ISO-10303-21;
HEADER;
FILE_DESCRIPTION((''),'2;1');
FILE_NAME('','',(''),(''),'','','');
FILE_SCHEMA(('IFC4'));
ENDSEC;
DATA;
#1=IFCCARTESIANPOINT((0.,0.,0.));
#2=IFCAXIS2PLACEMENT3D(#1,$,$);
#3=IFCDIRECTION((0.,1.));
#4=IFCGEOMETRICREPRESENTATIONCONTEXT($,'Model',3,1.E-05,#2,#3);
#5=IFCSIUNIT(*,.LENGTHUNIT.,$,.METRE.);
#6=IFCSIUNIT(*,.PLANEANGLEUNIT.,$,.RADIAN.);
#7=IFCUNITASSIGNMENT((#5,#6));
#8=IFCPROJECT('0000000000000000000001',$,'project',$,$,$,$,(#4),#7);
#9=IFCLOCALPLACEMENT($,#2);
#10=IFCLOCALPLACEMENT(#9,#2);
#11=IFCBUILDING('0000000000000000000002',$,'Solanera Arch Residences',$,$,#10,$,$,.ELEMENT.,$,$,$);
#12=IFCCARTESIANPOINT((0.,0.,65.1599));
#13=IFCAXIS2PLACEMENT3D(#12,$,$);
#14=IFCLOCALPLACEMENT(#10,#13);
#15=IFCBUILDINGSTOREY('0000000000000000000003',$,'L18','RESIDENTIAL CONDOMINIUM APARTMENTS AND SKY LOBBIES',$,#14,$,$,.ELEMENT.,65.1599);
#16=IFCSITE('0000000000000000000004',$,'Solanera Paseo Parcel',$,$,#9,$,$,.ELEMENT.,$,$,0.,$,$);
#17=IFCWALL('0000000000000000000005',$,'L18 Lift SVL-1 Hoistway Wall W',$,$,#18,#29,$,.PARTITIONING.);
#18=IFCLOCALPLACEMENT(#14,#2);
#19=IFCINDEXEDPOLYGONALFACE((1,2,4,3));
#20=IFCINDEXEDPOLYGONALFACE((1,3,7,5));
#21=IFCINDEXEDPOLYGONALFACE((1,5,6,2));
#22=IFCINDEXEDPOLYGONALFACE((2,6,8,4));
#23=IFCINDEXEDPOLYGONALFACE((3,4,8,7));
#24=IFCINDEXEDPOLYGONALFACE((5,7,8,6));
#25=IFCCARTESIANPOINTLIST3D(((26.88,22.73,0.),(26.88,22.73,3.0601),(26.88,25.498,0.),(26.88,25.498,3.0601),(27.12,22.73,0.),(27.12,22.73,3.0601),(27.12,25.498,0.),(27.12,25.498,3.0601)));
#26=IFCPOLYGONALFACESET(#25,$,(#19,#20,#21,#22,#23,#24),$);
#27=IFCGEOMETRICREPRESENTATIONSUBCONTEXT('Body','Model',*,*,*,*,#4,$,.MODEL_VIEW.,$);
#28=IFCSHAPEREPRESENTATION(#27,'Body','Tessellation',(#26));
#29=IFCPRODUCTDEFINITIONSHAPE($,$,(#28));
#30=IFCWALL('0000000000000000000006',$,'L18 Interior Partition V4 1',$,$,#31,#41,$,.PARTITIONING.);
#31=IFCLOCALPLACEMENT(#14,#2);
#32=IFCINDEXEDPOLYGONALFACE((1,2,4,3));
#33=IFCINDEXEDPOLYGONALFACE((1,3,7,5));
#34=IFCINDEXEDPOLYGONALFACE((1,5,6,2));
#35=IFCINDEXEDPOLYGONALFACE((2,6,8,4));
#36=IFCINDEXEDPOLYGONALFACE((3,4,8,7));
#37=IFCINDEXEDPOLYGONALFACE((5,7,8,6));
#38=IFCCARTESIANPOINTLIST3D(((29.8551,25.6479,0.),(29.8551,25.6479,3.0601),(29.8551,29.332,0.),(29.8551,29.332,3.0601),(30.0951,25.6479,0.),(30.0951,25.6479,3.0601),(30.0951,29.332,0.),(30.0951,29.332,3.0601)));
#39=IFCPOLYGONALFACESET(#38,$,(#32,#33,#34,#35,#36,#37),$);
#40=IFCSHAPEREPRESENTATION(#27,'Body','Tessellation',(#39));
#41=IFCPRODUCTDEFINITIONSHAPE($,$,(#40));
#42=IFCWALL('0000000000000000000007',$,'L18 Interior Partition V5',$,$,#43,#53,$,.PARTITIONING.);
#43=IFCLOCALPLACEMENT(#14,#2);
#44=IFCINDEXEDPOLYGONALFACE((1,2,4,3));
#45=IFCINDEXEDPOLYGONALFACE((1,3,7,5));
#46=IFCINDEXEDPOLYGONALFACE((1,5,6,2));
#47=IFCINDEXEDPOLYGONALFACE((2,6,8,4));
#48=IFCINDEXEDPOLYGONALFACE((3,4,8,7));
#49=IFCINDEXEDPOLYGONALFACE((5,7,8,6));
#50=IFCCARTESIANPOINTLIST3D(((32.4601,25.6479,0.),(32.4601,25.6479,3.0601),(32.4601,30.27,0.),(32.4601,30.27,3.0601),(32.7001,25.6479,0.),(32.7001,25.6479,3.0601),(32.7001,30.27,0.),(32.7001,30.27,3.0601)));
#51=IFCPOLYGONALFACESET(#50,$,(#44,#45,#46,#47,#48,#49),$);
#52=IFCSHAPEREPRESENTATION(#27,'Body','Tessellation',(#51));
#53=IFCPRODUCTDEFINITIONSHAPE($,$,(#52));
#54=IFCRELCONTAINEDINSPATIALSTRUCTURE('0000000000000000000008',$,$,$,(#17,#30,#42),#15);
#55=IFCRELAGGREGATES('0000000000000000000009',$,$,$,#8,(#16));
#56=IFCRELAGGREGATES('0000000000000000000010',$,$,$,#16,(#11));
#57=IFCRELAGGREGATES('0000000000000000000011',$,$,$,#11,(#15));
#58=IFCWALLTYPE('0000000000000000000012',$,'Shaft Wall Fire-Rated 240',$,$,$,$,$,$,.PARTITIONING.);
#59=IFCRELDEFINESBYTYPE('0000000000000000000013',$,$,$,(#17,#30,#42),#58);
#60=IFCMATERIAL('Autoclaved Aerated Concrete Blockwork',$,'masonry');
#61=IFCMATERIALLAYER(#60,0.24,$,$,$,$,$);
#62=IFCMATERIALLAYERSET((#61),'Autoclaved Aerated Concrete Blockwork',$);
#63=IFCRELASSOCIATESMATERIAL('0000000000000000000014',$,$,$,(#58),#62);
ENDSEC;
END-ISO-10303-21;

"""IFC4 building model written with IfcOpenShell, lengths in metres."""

from ifc_helpers import new_model, si_unit, direction, frame, frame_2d, origin, place, context, subcontext, project, spatial, rectangle, extrude, material, layer, layer_set, type_object, element, save


model = new_model("IFC4")

# Units and contexts
model_context = context("Model", 3, precision=1e-05, world=origin(), true_north=direction((0.0, 1.0)))
body_context = subcontext(model_context, "Body", "Model", "MODEL_VIEW")
ifc_project = project(units=[si_unit("LENGTHUNIT", "METRE"), si_unit("PLANEANGLEUNIT", "RADIAN")], contexts=[model_context])

# Site, building, storey
site_placement = place(None, origin())
site = spatial("IfcSite", under=ifc_project, at=site_placement, Name="Solanera Paseo Parcel", CompositionType="ELEMENT", RefElevation=0.0)
building_placement = place(site_placement, origin())
building = spatial("IfcBuilding", under=site, at=building_placement, Name="Solanera Arch Residences", CompositionType="ELEMENT")
storey_placement = place(building_placement, frame((0.0, 0.0, 65.1599)))
storey = spatial("IfcBuildingStorey", under=building, at=storey_placement, Name="L18", Description="RESIDENTIAL CONDOMINIUM APARTMENTS AND SKY LOBBIES", CompositionType="ELEMENT", Elevation=65.1599)

# Walls
ifc_material_1 = material(Name="Autoclaved Aerated Concrete Blockwork", Category="masonry")
ifc_layer_1 = layer(ifc_material_1, 0.24)
ifc_layer_set_1 = layer_set([ifc_layer_1], Name="Autoclaved Aerated Concrete Blockwork")
wall_type_1 = type_object("IfcWallType", Name="Shaft Wall Fire-Rated 240", PredefinedType="PARTITIONING", material=ifc_layer_set_1)
wall_1_placement = place(storey_placement, frame((27.0, 22.73, 0.0), z_axis=(0.0, 0.0, 1.0), x_axis=(0.0, 1.0, 0.0)))
element("IfcWall", 1, at=wall_1_placement, inside=storey, type_object=wall_type_1, Name="L18 Lift SVL-1 Hoistway Wall W", PredefinedType="PARTITIONING", context=body_context, shape_type="SweptSolid", body=[
    extrude(rectangle(XDim=2.7681, YDim=0.24, at=frame_2d((1.384, 0.0))), origin(), (0.0, 0.0, 1.0), 3.0601),
])
wall_2_placement = place(storey_placement, frame((29.9751, 25.6479, 0.0), z_axis=(0.0, 0.0, 1.0), x_axis=(0.0, 1.0, 0.0)))
element("IfcWall", 2, at=wall_2_placement, inside=storey, type_object=wall_type_1, Name="L18 Interior Partition V4 1", PredefinedType="PARTITIONING", context=body_context, shape_type="SweptSolid", body=[
    extrude(rectangle(XDim=3.6841, YDim=0.24, at=frame_2d((1.842, 0.0))), origin(), (0.0, 0.0, 1.0), 3.0601),
])

# Wall
wall_3_placement = place(storey_placement, frame((32.5801, 25.6479, 0.0), z_axis=(0.0, 0.0, 1.0), x_axis=(0.0, 1.0, 0.0)))
element("IfcWall", 3, at=wall_3_placement, inside=storey, type_object=wall_type_1, Name="L18 Interior Partition V5", PredefinedType="PARTITIONING", context=body_context, shape_type="SweptSolid", body=[
    extrude(rectangle(XDim=4.6221, YDim=0.24, at=frame_2d((2.311, 0.0))), origin(), (0.0, 0.0, 1.0), 3.0601),
])

save(model, "model.ifc")
